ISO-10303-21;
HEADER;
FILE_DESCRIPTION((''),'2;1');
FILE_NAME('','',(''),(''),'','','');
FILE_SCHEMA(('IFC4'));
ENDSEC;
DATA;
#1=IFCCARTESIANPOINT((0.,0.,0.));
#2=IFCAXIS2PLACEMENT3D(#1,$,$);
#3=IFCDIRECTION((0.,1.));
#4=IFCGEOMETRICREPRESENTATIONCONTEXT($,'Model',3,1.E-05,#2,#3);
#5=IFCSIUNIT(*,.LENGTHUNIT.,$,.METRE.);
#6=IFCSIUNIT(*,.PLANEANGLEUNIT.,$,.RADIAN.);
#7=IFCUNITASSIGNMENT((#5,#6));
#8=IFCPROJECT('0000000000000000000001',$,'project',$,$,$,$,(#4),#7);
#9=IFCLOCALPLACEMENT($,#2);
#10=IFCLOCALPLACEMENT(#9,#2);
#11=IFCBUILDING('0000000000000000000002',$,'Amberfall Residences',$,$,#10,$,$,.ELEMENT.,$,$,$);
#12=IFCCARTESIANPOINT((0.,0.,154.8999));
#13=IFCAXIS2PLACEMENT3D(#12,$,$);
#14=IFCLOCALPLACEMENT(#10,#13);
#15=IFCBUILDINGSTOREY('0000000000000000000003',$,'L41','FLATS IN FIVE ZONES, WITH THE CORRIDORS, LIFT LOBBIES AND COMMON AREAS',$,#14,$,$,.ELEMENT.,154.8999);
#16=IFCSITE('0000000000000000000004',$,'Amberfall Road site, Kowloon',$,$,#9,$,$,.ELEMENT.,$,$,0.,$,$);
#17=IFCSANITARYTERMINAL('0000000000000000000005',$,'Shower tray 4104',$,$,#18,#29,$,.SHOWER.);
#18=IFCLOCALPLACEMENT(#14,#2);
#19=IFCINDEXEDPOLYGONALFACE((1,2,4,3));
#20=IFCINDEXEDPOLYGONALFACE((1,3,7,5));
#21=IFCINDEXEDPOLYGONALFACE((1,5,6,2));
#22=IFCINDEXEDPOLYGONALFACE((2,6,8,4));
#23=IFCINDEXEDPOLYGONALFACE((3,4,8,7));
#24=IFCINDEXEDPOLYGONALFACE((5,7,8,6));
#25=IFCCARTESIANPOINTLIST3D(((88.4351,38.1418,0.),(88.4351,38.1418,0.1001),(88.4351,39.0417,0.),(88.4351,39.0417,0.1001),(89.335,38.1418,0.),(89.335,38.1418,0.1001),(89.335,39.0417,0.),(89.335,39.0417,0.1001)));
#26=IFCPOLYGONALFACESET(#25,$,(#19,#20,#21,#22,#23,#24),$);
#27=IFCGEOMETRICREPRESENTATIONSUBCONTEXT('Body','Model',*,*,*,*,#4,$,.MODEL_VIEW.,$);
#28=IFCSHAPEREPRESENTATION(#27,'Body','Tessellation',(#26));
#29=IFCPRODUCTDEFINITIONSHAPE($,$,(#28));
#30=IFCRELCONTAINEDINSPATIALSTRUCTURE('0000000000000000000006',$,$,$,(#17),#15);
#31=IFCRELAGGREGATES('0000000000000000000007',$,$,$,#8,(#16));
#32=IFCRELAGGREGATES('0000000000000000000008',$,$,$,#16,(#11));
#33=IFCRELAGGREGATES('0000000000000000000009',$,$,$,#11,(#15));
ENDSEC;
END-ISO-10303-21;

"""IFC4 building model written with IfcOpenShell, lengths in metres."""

from ifc_helpers import new_model, si_unit, direction, frame, origin, origin_2d, place, context, subcontext, project, spatial, rectangle, extrude, element, save


model = new_model("IFC4")

# Units and contexts
model_context = context("Model", 3, precision=1e-05, world=origin(), true_north=direction((0.0, 1.0)))
body_context = subcontext(model_context, "Body", "Model", "MODEL_VIEW")
ifc_project = project(units=[si_unit("LENGTHUNIT", "METRE"), si_unit("PLANEANGLEUNIT", "RADIAN")], contexts=[model_context])

# Site, building, storey
site_placement = place(None, origin())
site = spatial("IfcSite", under=ifc_project, at=site_placement, Name="Amberfall Road site, Kowloon", CompositionType="ELEMENT", RefElevation=0.0)
building_placement = place(site_placement, origin())
building = spatial("IfcBuilding", under=site, at=building_placement, Name="Amberfall Residences", CompositionType="ELEMENT")
storey_placement = place(building_placement, frame((0.0, 0.0, 154.8999)))
storey = spatial("IfcBuildingStorey", under=building, at=storey_placement, Name="L41", Description="FLATS IN FIVE ZONES, WITH THE CORRIDORS, LIFT LOBBIES AND COMMON AREAS", CompositionType="ELEMENT", Elevation=154.8999)

# Sanitary terminal
sanitary_terminal_placement = place(storey_placement, frame((88.885, 38.5918, 0.0), z_axis=(0.0, 0.0, 1.0), x_axis=(1.0, 0.0, 0.0)))
element("IfcSanitaryTerminal", 1, at=sanitary_terminal_placement, inside=storey, Name="Shower tray 4104", PredefinedType="SHOWER", context=body_context, shape_type="SweptSolid", body=[
    extrude(rectangle(XDim=0.8999, YDim=0.8999, at=origin_2d()), origin(), (0.0, 0.0, 1.0), 0.1001),
])

save(model, "model.ifc")
